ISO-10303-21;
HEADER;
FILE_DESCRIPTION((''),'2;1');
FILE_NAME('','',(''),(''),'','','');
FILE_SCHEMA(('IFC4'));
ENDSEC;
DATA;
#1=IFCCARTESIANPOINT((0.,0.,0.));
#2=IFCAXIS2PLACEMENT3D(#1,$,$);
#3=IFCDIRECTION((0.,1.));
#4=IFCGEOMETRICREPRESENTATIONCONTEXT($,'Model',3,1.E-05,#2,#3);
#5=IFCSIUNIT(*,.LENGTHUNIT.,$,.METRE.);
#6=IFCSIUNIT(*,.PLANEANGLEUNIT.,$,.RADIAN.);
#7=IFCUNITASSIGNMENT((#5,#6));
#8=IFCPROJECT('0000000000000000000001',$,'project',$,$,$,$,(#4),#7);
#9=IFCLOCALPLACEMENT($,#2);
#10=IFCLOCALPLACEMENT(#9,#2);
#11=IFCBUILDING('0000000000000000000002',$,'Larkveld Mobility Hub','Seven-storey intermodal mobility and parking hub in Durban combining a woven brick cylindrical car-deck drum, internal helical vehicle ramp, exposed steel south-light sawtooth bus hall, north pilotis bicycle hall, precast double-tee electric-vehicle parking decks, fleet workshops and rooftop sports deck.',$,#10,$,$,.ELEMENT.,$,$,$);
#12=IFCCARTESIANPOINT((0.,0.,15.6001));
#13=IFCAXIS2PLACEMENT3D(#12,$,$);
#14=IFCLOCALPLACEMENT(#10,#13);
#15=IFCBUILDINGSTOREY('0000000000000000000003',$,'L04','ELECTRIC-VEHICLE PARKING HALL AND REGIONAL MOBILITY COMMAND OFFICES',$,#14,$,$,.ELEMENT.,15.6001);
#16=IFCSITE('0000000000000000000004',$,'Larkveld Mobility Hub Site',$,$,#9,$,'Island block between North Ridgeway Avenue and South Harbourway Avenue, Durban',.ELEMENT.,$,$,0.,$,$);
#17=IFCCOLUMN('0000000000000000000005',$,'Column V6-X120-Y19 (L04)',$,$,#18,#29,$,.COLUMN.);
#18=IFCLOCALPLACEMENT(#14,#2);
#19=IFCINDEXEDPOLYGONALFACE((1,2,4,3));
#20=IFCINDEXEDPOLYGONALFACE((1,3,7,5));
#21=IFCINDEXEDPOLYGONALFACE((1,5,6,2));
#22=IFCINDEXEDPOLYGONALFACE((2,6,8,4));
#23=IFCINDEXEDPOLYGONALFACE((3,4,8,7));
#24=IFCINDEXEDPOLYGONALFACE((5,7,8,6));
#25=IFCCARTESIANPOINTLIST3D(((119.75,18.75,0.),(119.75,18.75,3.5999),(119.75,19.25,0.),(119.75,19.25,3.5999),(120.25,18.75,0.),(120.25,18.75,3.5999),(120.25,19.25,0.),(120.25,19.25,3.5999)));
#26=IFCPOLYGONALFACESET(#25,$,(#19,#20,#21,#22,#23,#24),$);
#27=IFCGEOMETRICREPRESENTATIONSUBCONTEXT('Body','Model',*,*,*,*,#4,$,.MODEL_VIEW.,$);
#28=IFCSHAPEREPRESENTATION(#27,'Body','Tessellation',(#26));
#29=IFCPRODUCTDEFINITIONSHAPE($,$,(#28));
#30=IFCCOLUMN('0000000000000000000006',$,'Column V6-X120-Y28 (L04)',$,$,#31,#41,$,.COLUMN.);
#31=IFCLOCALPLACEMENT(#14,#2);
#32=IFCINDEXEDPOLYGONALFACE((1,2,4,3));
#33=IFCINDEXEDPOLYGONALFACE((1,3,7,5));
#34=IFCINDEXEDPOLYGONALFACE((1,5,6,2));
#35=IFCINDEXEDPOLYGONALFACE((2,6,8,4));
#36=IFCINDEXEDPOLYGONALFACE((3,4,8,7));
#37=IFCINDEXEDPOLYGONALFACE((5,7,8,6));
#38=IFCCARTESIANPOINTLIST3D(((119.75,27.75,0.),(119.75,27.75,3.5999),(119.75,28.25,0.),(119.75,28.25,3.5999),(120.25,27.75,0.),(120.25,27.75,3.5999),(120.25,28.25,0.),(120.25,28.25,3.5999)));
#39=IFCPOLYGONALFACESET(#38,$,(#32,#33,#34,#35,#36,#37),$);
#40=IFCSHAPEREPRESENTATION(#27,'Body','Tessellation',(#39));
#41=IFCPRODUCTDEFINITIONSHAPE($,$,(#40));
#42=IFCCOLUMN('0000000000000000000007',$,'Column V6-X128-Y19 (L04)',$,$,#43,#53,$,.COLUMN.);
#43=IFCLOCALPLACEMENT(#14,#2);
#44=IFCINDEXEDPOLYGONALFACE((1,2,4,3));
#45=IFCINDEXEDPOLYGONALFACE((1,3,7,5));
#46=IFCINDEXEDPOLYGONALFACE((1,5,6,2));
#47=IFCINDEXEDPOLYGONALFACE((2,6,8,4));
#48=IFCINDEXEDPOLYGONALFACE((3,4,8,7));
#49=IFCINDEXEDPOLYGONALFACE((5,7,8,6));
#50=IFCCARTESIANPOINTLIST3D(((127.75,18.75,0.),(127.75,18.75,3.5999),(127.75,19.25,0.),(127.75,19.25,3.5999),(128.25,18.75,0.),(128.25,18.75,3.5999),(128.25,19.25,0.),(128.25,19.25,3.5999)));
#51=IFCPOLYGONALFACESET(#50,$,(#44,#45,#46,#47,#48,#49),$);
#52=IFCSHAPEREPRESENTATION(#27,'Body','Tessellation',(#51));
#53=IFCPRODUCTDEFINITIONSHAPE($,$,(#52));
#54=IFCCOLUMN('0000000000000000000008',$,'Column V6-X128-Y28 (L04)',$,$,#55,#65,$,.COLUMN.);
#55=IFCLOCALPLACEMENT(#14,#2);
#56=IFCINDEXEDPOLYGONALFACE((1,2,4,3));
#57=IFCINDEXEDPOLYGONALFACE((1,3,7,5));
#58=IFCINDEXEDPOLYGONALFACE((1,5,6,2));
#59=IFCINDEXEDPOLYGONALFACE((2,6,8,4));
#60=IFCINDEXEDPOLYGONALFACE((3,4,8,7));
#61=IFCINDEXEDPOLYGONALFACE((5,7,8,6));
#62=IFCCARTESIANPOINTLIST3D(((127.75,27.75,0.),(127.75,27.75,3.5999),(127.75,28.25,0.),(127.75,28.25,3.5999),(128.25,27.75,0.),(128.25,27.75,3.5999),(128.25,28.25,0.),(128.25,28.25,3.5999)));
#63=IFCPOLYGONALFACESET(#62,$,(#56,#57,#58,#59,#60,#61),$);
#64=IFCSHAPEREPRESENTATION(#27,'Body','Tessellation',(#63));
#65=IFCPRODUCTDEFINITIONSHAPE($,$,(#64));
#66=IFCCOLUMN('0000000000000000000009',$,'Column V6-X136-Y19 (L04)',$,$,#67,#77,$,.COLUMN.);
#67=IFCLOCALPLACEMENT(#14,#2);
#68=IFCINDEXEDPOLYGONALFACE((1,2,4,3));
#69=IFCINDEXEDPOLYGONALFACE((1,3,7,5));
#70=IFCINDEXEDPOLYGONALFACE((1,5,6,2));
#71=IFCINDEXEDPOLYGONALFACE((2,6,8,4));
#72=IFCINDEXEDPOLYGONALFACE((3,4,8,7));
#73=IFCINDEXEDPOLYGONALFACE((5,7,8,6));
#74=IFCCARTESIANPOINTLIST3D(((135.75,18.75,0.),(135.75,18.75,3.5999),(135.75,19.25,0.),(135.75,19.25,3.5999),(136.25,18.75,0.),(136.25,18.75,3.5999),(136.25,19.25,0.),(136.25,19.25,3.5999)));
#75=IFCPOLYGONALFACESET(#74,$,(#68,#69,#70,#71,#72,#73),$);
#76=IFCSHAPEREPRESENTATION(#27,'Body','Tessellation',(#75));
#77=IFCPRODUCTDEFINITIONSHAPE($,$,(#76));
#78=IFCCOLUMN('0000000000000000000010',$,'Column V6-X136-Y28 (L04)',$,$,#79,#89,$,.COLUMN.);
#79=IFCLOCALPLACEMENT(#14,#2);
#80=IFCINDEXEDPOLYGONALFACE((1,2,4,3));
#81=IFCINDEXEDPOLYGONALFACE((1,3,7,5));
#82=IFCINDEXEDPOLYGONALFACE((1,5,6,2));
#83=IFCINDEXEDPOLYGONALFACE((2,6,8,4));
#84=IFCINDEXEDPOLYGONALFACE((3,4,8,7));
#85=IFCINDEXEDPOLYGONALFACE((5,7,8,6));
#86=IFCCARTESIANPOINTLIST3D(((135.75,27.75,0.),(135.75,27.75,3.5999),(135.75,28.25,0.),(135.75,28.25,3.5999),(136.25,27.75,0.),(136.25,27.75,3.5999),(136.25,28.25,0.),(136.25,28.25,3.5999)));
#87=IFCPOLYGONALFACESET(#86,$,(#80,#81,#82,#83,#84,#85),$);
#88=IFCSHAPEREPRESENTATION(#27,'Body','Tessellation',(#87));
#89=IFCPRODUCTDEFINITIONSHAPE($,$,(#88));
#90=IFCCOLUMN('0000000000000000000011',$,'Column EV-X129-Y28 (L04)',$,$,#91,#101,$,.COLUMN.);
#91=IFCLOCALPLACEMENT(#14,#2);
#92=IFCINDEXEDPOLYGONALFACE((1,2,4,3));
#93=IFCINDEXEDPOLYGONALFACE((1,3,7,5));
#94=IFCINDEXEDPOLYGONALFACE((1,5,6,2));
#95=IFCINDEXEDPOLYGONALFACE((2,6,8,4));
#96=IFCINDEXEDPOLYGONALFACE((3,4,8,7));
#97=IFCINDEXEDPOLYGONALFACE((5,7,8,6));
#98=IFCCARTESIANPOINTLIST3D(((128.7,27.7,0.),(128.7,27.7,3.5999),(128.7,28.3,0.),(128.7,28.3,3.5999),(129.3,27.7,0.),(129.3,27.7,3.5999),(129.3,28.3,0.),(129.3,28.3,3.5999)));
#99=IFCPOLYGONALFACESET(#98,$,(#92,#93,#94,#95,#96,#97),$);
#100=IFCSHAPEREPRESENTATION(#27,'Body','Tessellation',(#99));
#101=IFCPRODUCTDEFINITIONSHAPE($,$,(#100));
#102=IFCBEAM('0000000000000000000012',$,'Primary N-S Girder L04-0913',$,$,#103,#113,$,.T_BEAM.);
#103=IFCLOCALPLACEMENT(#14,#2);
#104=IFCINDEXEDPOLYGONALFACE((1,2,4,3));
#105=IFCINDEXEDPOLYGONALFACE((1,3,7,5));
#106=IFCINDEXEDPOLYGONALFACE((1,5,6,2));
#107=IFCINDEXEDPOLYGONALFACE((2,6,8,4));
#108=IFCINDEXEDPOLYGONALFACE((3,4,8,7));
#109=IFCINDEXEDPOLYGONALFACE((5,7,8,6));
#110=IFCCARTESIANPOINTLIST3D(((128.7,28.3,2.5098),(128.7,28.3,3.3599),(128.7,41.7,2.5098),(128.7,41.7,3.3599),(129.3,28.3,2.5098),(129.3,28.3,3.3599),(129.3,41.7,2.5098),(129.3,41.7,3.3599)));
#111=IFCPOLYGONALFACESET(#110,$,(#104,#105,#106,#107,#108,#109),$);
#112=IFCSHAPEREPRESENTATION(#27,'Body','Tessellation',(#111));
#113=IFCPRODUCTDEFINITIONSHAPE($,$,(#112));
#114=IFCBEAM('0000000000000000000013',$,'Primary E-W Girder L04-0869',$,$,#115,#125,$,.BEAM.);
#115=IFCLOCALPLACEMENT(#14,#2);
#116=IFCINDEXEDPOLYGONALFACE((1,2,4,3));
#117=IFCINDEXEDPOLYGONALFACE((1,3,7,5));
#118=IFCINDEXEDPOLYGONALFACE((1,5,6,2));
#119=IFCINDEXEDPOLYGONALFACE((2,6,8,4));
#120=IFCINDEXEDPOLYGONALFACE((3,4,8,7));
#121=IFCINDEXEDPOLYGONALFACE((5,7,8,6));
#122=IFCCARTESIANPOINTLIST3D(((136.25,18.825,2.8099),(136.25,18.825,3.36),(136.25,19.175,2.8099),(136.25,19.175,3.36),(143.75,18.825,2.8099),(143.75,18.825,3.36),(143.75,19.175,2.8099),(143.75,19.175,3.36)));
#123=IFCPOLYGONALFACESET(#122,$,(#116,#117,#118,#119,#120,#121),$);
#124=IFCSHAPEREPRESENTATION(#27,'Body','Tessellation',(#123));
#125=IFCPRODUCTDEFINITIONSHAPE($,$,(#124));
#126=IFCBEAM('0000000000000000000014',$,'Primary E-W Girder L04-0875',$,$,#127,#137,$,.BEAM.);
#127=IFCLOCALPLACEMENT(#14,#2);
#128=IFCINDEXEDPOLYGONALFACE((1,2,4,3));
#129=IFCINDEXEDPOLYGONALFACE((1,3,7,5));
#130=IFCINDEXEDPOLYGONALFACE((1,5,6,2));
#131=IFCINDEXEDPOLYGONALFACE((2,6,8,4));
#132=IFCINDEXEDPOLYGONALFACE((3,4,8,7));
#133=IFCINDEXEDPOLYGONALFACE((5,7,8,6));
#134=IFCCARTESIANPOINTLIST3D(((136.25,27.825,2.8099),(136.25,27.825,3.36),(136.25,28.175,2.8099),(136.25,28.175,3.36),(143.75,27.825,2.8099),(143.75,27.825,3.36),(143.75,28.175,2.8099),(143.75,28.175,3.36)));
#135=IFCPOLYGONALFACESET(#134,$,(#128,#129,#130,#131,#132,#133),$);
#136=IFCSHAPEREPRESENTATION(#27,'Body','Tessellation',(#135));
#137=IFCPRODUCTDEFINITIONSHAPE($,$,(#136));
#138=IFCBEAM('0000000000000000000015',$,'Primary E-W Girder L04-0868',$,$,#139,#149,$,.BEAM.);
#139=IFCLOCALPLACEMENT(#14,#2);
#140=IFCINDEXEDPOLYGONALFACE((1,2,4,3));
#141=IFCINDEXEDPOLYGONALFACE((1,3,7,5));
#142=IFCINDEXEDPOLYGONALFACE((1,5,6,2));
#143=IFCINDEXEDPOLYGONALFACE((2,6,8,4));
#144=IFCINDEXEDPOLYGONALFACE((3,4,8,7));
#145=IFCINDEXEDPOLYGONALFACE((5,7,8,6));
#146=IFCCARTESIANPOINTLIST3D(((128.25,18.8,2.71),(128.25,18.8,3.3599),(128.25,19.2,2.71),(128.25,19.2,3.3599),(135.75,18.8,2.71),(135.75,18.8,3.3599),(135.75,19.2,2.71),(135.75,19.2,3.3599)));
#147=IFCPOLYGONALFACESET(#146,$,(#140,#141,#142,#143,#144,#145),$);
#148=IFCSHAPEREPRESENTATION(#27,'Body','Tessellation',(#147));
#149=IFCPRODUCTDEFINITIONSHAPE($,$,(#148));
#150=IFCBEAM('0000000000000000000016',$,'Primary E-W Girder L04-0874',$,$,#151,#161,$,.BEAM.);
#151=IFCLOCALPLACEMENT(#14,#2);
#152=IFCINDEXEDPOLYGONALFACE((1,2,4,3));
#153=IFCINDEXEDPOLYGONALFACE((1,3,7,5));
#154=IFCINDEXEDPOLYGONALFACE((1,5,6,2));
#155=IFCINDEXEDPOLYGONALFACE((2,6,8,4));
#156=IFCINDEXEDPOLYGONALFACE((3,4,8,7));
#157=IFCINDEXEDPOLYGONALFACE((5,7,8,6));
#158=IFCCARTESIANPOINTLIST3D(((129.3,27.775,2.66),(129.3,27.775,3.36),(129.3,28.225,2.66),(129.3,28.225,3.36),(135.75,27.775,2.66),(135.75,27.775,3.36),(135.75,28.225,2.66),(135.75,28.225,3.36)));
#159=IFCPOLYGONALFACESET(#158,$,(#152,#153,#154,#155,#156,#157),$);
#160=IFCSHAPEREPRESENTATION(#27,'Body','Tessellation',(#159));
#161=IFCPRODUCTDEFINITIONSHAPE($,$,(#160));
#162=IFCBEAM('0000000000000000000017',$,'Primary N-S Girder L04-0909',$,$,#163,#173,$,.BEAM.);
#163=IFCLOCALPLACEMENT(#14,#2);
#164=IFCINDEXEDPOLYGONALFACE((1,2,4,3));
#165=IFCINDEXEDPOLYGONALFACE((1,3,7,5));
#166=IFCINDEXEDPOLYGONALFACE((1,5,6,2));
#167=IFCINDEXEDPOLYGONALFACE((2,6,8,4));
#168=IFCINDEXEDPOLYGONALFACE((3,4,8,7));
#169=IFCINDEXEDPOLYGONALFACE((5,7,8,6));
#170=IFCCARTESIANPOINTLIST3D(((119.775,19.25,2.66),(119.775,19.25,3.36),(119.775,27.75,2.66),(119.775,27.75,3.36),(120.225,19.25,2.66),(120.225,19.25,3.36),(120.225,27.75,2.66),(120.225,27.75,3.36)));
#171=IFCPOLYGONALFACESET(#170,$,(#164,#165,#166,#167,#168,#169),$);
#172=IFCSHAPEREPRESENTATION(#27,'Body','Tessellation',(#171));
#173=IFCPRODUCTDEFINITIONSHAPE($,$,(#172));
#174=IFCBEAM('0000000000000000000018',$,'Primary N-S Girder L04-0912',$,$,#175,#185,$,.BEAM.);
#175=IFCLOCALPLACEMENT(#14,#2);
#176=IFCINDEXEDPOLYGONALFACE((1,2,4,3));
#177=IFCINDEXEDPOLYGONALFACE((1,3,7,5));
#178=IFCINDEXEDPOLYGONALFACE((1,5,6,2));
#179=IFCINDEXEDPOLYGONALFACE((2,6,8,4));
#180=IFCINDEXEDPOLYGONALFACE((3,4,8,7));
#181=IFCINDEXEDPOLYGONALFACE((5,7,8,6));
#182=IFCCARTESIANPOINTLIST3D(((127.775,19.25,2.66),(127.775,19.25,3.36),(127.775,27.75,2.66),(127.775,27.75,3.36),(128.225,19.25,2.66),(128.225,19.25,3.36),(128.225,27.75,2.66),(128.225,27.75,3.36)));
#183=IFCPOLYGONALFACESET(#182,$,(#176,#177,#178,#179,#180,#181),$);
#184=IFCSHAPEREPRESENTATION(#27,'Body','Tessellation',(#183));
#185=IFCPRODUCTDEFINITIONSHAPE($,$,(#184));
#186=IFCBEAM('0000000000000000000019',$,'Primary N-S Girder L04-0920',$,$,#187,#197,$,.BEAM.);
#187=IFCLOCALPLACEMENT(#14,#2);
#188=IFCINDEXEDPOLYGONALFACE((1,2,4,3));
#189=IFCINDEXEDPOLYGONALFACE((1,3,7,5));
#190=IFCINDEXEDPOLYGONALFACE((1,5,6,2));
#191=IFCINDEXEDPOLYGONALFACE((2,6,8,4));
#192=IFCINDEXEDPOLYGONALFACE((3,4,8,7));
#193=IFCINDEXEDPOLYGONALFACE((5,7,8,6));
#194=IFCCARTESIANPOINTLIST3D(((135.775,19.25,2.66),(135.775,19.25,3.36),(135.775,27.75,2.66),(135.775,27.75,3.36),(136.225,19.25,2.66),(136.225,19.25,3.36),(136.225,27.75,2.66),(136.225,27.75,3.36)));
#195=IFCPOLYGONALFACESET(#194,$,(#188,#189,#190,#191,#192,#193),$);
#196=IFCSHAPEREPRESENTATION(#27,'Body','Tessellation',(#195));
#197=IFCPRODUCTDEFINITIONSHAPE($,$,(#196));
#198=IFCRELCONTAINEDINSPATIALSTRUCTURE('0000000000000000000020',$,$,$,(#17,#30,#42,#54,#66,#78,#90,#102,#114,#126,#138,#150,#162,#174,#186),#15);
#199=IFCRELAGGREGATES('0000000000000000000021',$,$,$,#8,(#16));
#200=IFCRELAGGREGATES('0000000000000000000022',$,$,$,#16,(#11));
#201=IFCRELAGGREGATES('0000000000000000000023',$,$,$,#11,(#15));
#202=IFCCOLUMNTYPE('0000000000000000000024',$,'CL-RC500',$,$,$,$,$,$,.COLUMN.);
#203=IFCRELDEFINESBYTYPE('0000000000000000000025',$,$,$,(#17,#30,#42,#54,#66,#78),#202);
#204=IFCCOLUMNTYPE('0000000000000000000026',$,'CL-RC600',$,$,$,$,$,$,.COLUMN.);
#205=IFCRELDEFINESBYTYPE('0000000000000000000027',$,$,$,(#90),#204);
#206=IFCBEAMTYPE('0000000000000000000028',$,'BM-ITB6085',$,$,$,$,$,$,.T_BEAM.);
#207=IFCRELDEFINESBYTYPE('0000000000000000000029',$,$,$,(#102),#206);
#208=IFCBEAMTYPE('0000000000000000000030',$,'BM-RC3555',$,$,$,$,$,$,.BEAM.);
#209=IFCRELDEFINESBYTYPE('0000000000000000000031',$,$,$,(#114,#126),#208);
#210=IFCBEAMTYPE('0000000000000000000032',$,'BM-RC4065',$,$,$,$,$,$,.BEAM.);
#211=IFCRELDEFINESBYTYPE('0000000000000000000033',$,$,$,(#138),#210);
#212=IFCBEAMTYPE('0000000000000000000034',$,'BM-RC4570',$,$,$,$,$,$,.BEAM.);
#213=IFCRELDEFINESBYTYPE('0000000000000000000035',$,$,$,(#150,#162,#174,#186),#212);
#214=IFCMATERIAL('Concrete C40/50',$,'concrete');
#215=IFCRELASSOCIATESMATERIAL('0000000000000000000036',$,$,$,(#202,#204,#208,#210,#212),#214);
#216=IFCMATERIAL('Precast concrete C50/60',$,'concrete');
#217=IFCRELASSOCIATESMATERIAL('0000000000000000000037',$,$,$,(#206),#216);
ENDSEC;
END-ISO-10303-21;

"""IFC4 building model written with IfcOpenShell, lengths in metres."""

from ifc_helpers import new_model, si_unit, direction, frame, origin, origin_2d, place, context, subcontext, project, spatial, rectangle, extrude, material, material_profile, profile_set, type_object, element, save


model = new_model("IFC4")

# Units and contexts
model_context = context("Model", 3, precision=1e-05, world=origin(), true_north=direction((0.0, 1.0)))
body_context = subcontext(model_context, "Body", "Model", "MODEL_VIEW")
ifc_project = project(units=[si_unit("LENGTHUNIT", "METRE"), si_unit("PLANEANGLEUNIT", "RADIAN")], contexts=[model_context])

# Site, building, storey
site_placement = place(None, origin())
site = spatial("IfcSite", under=ifc_project, at=site_placement, Name="Larkveld Mobility Hub Site", LongName="Island block between North Ridgeway Avenue and South Harbourway Avenue, Durban", CompositionType="ELEMENT", RefElevation=0.0)
building_placement = place(site_placement, origin())
building = spatial("IfcBuilding", under=site, at=building_placement, Name="Larkveld Mobility Hub", Description="Seven-storey intermodal mobility and parking hub in Durban combining a woven brick cylindrical car-deck drum, internal helical vehicle ramp, exposed steel south-light sawtooth bus hall, north pilotis bicycle hall, precast double-tee electric-vehicle parking decks, fleet workshops and rooftop sports deck.", CompositionType="ELEMENT")
storey_placement = place(building_placement, frame((0.0, 0.0, 15.6001)))
storey = spatial("IfcBuildingStorey", under=building, at=storey_placement, Name="L04", Description="ELECTRIC-VEHICLE PARKING HALL AND REGIONAL MOBILITY COMMAND OFFICES", CompositionType="ELEMENT", Elevation=15.6001)

# Columns
ifc_material_1 = material(Name="Concrete C40/50", Category="concrete")
ifc_material_profile_1 = material_profile(ifc_material_1, rectangle(XDim=0.5, YDim=0.5, at=origin_2d()), Name="RC COL 500x500")
ifc_profile_set_1 = profile_set([ifc_material_profile_1], Name="Concrete C40/50")
column_type_1 = type_object("IfcColumnType", Name="CL-RC500", PredefinedType="COLUMN", material=ifc_profile_set_1)
for number, where, z_axis, x_axis, name in (
    (1, (120.0, 19.0, 0.0), (0.0, 0.0, 1.0), (1.0, 0.0, 0.0), "Column V6-X120-Y19 (L04)"),
    (2, (120.0, 28.0, 0.0), (0.0, 0.0, 1.0), (1.0, 0.0, 0.0), "Column V6-X120-Y28 (L04)"),
    (3, (128.0, 19.0, 0.0), (0.0, 0.0, 1.0), (1.0, 0.0, 0.0), "Column V6-X128-Y19 (L04)"),
    (4, (128.0, 28.0, 0.0), (0.0, 0.0, 1.0), (1.0, 0.0, 0.0), "Column V6-X128-Y28 (L04)"),
    (5, (136.0, 19.0, 0.0), (0.0, 0.0, 1.0), (1.0, 0.0, 0.0), "Column V6-X136-Y19 (L04)"),
    (6, (136.0, 28.0, 0.0), (0.0, 0.0, 1.0), (1.0, 0.0, 0.0), "Column V6-X136-Y28 (L04)"),
):
    element("IfcColumn", number, at=place(storey_placement, frame(where, z_axis=z_axis, x_axis=x_axis)), inside=storey, type_object=column_type_1, Name=name, PredefinedType="COLUMN", context=body_context, shape_type="SweptSolid", body=[
        extrude(rectangle(XDim=0.5, YDim=0.5, at=origin_2d()), origin(), (0.0, 0.0, 1.0), 3.5999),
    ])
ifc_material_profile_2 = material_profile(ifc_material_1, rectangle(XDim=0.6001, YDim=0.6001, at=origin_2d()), Name="RC COL 600x600")
ifc_profile_set_2 = profile_set([ifc_material_profile_2], Name="Concrete C40/50")
column_type_2 = type_object("IfcColumnType", Name="CL-RC600", PredefinedType="COLUMN", material=ifc_profile_set_2)
column_placement = place(storey_placement, frame((129.0, 28.0, 0.0), z_axis=(0.0, 0.0, 1.0), x_axis=(1.0, 0.0, 0.0)))
element("IfcColumn", 7, at=column_placement, inside=storey, type_object=column_type_2, Name="Column EV-X129-Y28 (L04)", PredefinedType="COLUMN", context=body_context, shape_type="SweptSolid", body=[
    extrude(rectangle(XDim=0.6001, YDim=0.6001, at=origin_2d()), origin(), (0.0, 0.0, 1.0), 3.5999),
])

# Beams
ifc_material_2 = material(Name="Precast concrete C50/60", Category="concrete")
ifc_material_profile_3 = material_profile(ifc_material_2, rectangle(XDim=0.6001, YDim=0.8501, at=origin_2d()), Name="PC ITB 600x850")
ifc_profile_set_3 = profile_set([ifc_material_profile_3], Name="Precast concrete C50/60")
beam_type_1 = type_object("IfcBeamType", Name="BM-ITB6085", PredefinedType="T_BEAM", material=ifc_profile_set_3)
beam_1_placement = place(storey_placement, frame((129.0, 28.3, 2.9348), z_axis=(0.0, 1.0, 0.0), x_axis=(-1.0, 0.0, 0.0)))
element("IfcBeam", 8, at=beam_1_placement, inside=storey, type_object=beam_type_1, Name="Primary N-S Girder L04-0913", PredefinedType="T_BEAM", context=body_context, shape_type="SweptSolid", body=[
    extrude(rectangle(XDim=0.6001, YDim=0.8501, at=origin_2d()), origin(), (0.0, 0.0, 1.0), 13.3999),
])
ifc_material_profile_4 = material_profile(ifc_material_1, rectangle(XDim=0.3501, YDim=0.55, at=origin_2d()), Name="RC BM 350x550")
ifc_profile_set_4 = profile_set([ifc_material_profile_4], Name="Concrete C40/50")
beam_type_2 = type_object("IfcBeamType", Name="BM-RC3555", PredefinedType="BEAM", material=ifc_profile_set_4)
for number, where, z_axis, x_axis, name in (
    (9, (136.25, 19.0, 3.085), (1.0, 0.0, 0.0), (0.0, 1.0, 0.0), "Primary E-W Girder L04-0869"),
    (10, (136.25, 28.0, 3.085), (1.0, 0.0, 0.0), (0.0, 1.0, 0.0), "Primary E-W Girder L04-0875"),
):
    element("IfcBeam", number, at=place(storey_placement, frame(where, z_axis=z_axis, x_axis=x_axis)), inside=storey, type_object=beam_type_2, Name=name, PredefinedType="BEAM", context=body_context, shape_type="SweptSolid", body=[
        extrude(rectangle(XDim=0.3501, YDim=0.55, at=origin_2d()), origin(), (0.0, 0.0, 1.0), 7.5),
    ])
ifc_material_profile_5 = material_profile(ifc_material_1, rectangle(XDim=0.3999, YDim=0.6499, at=origin_2d()), Name="RC BM 400x650")
ifc_profile_set_5 = profile_set([ifc_material_profile_5], Name="Concrete C40/50")
beam_type_3 = type_object("IfcBeamType", Name="BM-RC4065", PredefinedType="BEAM", material=ifc_profile_set_5)
beam_2_placement = place(storey_placement, frame((128.25, 19.0, 3.0349), z_axis=(1.0, 0.0, 0.0), x_axis=(0.0, 1.0, 0.0)))
element("IfcBeam", 11, at=beam_2_placement, inside=storey, type_object=beam_type_3, Name="Primary E-W Girder L04-0868", PredefinedType="BEAM", context=body_context, shape_type="SweptSolid", body=[
    extrude(rectangle(XDim=0.3999, YDim=0.6499, at=origin_2d()), origin(), (0.0, 0.0, 1.0), 7.5),
])
ifc_material_profile_6 = material_profile(ifc_material_1, rectangle(XDim=0.45, YDim=0.7, at=origin_2d()), Name="RC BM 450x700")
ifc_profile_set_6 = profile_set([ifc_material_profile_6], Name="Concrete C40/50")
beam_type_4 = type_object("IfcBeamType", Name="BM-RC4570", PredefinedType="BEAM", material=ifc_profile_set_6)
beam_3_placement = place(storey_placement, frame((129.3, 28.0, 3.01), z_axis=(1.0, 0.0, 0.0), x_axis=(0.0, 1.0, 0.0)))
element("IfcBeam", 12, at=beam_3_placement, inside=storey, type_object=beam_type_4, Name="Primary E-W Girder L04-0874", PredefinedType="BEAM", context=body_context, shape_type="SweptSolid", body=[
    extrude(rectangle(XDim=0.45, YDim=0.7, at=origin_2d()), origin(), (0.0, 0.0, 1.0), 6.45),
])
for number, where, z_axis, x_axis, name in (
    (13, (120.0, 19.25, 3.01), (0.0, 1.0, 0.0), (-1.0, 0.0, 0.0), "Primary N-S Girder L04-0909"),
    (14, (128.0, 19.25, 3.01), (0.0, 1.0, 0.0), (-1.0, 0.0, 0.0), "Primary N-S Girder L04-0912"),
    (15, (136.0, 19.25, 3.01), (0.0, 1.0, 0.0), (-1.0, 0.0, 0.0), "Primary N-S Girder L04-0920"),
):
    element("IfcBeam", number, at=place(storey_placement, frame(where, z_axis=z_axis, x_axis=x_axis)), inside=storey, type_object=beam_type_4, Name=name, PredefinedType="BEAM", context=body_context, shape_type="SweptSolid", body=[
        extrude(rectangle(XDim=0.45, YDim=0.7, at=origin_2d()), origin(), (0.0, 0.0, 1.0), 8.5),
    ])

save(model, "model.ifc")
